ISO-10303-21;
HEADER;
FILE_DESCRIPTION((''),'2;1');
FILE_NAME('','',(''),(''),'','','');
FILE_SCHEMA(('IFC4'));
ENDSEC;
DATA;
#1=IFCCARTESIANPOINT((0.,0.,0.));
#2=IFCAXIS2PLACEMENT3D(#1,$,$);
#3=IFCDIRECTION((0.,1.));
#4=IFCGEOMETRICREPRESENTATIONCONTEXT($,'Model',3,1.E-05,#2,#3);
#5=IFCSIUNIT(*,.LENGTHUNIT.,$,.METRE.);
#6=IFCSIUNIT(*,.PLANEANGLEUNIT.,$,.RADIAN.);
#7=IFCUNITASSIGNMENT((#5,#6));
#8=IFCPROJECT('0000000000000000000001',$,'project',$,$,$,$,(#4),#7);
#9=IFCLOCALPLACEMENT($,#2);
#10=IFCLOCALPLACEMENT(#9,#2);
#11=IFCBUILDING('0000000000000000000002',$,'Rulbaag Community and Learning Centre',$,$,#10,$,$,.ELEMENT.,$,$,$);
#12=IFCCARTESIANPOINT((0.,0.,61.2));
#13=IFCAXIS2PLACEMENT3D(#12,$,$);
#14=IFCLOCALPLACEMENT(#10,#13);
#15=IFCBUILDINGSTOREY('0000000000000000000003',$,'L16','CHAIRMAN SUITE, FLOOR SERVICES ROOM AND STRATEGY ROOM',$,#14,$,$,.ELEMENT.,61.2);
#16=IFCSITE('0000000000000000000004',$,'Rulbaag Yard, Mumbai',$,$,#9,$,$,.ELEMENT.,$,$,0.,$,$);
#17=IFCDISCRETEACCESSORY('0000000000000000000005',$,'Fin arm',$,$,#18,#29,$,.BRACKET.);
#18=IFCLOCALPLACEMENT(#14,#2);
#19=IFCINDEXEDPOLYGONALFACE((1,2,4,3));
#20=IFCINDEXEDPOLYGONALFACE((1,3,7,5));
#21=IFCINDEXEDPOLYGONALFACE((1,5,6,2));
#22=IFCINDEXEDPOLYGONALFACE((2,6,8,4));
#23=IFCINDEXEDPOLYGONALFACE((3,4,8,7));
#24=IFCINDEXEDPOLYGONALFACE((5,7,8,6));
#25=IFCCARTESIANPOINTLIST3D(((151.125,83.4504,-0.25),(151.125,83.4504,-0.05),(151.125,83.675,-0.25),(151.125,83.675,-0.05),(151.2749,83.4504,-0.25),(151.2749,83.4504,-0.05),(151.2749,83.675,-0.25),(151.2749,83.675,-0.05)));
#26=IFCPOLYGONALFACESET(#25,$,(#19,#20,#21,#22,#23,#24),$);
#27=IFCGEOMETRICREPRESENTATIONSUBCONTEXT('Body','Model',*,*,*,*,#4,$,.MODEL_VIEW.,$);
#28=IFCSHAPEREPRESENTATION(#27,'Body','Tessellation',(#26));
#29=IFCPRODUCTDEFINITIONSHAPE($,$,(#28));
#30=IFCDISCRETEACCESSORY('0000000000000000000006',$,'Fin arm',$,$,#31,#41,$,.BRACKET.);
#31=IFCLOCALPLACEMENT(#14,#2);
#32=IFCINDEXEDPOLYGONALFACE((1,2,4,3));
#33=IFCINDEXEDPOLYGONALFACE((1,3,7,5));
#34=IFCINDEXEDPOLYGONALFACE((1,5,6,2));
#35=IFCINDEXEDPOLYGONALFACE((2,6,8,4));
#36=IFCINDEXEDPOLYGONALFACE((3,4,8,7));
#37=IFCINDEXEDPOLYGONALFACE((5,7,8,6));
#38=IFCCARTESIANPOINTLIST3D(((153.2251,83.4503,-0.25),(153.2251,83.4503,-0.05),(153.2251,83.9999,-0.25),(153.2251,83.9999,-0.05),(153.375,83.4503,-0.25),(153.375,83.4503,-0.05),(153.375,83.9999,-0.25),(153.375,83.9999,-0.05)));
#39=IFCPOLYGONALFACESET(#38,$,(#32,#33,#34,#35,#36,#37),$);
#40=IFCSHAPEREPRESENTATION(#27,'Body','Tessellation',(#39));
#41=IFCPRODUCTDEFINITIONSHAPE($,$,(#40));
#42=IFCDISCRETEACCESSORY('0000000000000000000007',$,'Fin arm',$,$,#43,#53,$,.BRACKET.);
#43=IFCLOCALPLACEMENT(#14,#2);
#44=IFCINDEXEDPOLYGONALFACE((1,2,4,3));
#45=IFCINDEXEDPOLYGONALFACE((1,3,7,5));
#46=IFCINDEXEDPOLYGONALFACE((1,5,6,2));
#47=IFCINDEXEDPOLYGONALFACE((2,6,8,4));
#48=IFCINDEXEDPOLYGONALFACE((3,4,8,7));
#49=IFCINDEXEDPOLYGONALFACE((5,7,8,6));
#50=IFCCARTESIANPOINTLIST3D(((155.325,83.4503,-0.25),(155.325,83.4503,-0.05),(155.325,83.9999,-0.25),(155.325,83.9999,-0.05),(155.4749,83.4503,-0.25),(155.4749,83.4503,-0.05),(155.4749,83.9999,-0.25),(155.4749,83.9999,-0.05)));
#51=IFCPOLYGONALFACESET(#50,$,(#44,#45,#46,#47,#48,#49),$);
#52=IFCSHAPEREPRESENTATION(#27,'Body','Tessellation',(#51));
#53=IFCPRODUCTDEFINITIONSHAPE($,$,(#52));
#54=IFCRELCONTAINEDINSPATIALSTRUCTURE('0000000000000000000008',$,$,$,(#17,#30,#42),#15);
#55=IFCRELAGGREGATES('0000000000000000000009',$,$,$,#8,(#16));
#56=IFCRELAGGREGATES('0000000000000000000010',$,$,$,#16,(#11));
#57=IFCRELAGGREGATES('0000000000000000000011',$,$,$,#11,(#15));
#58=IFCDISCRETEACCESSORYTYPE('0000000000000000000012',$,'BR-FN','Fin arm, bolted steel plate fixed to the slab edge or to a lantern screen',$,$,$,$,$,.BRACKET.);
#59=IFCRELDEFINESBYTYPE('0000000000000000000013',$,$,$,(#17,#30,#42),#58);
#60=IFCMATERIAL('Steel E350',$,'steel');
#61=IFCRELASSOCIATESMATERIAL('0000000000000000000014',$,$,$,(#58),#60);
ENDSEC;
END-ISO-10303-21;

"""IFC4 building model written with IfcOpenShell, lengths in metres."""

from ifc_helpers import new_model, si_unit, direction, frame, origin, origin_2d, place, context, subcontext, project, spatial, rectangle, extrude, material, type_object, element, save


model = new_model("IFC4")

# Units and contexts
model_context = context("Model", 3, precision=1e-05, world=origin(), true_north=direction((0.0, 1.0)))
body_context = subcontext(model_context, "Body", "Model", "MODEL_VIEW")
ifc_project = project(units=[si_unit("LENGTHUNIT", "METRE"), si_unit("PLANEANGLEUNIT", "RADIAN")], contexts=[model_context])

# Site, building, storey
site_placement = place(None, origin())
site = spatial("IfcSite", under=ifc_project, at=site_placement, Name="Rulbaag Yard, Mumbai", CompositionType="ELEMENT", RefElevation=0.0)
building_placement = place(site_placement, origin())
building = spatial("IfcBuilding", under=site, at=building_placement, Name="Rulbaag Community and Learning Centre", CompositionType="ELEMENT")
storey_placement = place(building_placement, frame((0.0, 0.0, 61.2)))
storey = spatial("IfcBuildingStorey", under=building, at=storey_placement, Name="L16", Description="CHAIRMAN SUITE, FLOOR SERVICES ROOM AND STRATEGY ROOM", CompositionType="ELEMENT", Elevation=61.2)

# Discrete accessories
ifc_material_1 = material(Name="Steel E350", Category="steel")
discrete_accessory_type_1 = type_object("IfcDiscreteAccessoryType", Name="BR-FN", Description="Fin arm, bolted steel plate fixed to the slab edge or to a lantern screen", PredefinedType="BRACKET", material=ifc_material_1)
discrete_accessory_placement = place(storey_placement, frame((151.2, 83.5627, -0.25), z_axis=(0.0, 0.0, 1.0), x_axis=(1.0, 0.0, 0.0)))
element("IfcDiscreteAccessory", 1, at=discrete_accessory_placement, inside=storey, type_object=discrete_accessory_type_1, Name="Fin arm", PredefinedType="BRACKET", context=body_context, shape_type="SweptSolid", body=[
    extrude(rectangle(XDim=0.1499, YDim=0.2246, at=origin_2d()), origin(), (0.0, 0.0, 1.0), 0.2),
])
for number, where, z_axis, x_axis, name in (
    (2, (153.3, 83.7251, -0.25), (0.0, 0.0, 1.0), (1.0, 0.0, 0.0), "Fin arm"),
    (3, (155.3999, 83.7251, -0.25), (0.0, 0.0, 1.0), (1.0, 0.0, 0.0), "Fin arm"),
):
    element("IfcDiscreteAccessory", number, at=place(storey_placement, frame(where, z_axis=z_axis, x_axis=x_axis)), inside=storey, type_object=discrete_accessory_type_1, Name=name, PredefinedType="BRACKET", context=body_context, shape_type="SweptSolid", body=[
        extrude(rectangle(XDim=0.1499, YDim=0.5496, at=origin_2d()), origin(), (0.0, 0.0, 1.0), 0.2),
    ])

save(model, "model.ifc")
